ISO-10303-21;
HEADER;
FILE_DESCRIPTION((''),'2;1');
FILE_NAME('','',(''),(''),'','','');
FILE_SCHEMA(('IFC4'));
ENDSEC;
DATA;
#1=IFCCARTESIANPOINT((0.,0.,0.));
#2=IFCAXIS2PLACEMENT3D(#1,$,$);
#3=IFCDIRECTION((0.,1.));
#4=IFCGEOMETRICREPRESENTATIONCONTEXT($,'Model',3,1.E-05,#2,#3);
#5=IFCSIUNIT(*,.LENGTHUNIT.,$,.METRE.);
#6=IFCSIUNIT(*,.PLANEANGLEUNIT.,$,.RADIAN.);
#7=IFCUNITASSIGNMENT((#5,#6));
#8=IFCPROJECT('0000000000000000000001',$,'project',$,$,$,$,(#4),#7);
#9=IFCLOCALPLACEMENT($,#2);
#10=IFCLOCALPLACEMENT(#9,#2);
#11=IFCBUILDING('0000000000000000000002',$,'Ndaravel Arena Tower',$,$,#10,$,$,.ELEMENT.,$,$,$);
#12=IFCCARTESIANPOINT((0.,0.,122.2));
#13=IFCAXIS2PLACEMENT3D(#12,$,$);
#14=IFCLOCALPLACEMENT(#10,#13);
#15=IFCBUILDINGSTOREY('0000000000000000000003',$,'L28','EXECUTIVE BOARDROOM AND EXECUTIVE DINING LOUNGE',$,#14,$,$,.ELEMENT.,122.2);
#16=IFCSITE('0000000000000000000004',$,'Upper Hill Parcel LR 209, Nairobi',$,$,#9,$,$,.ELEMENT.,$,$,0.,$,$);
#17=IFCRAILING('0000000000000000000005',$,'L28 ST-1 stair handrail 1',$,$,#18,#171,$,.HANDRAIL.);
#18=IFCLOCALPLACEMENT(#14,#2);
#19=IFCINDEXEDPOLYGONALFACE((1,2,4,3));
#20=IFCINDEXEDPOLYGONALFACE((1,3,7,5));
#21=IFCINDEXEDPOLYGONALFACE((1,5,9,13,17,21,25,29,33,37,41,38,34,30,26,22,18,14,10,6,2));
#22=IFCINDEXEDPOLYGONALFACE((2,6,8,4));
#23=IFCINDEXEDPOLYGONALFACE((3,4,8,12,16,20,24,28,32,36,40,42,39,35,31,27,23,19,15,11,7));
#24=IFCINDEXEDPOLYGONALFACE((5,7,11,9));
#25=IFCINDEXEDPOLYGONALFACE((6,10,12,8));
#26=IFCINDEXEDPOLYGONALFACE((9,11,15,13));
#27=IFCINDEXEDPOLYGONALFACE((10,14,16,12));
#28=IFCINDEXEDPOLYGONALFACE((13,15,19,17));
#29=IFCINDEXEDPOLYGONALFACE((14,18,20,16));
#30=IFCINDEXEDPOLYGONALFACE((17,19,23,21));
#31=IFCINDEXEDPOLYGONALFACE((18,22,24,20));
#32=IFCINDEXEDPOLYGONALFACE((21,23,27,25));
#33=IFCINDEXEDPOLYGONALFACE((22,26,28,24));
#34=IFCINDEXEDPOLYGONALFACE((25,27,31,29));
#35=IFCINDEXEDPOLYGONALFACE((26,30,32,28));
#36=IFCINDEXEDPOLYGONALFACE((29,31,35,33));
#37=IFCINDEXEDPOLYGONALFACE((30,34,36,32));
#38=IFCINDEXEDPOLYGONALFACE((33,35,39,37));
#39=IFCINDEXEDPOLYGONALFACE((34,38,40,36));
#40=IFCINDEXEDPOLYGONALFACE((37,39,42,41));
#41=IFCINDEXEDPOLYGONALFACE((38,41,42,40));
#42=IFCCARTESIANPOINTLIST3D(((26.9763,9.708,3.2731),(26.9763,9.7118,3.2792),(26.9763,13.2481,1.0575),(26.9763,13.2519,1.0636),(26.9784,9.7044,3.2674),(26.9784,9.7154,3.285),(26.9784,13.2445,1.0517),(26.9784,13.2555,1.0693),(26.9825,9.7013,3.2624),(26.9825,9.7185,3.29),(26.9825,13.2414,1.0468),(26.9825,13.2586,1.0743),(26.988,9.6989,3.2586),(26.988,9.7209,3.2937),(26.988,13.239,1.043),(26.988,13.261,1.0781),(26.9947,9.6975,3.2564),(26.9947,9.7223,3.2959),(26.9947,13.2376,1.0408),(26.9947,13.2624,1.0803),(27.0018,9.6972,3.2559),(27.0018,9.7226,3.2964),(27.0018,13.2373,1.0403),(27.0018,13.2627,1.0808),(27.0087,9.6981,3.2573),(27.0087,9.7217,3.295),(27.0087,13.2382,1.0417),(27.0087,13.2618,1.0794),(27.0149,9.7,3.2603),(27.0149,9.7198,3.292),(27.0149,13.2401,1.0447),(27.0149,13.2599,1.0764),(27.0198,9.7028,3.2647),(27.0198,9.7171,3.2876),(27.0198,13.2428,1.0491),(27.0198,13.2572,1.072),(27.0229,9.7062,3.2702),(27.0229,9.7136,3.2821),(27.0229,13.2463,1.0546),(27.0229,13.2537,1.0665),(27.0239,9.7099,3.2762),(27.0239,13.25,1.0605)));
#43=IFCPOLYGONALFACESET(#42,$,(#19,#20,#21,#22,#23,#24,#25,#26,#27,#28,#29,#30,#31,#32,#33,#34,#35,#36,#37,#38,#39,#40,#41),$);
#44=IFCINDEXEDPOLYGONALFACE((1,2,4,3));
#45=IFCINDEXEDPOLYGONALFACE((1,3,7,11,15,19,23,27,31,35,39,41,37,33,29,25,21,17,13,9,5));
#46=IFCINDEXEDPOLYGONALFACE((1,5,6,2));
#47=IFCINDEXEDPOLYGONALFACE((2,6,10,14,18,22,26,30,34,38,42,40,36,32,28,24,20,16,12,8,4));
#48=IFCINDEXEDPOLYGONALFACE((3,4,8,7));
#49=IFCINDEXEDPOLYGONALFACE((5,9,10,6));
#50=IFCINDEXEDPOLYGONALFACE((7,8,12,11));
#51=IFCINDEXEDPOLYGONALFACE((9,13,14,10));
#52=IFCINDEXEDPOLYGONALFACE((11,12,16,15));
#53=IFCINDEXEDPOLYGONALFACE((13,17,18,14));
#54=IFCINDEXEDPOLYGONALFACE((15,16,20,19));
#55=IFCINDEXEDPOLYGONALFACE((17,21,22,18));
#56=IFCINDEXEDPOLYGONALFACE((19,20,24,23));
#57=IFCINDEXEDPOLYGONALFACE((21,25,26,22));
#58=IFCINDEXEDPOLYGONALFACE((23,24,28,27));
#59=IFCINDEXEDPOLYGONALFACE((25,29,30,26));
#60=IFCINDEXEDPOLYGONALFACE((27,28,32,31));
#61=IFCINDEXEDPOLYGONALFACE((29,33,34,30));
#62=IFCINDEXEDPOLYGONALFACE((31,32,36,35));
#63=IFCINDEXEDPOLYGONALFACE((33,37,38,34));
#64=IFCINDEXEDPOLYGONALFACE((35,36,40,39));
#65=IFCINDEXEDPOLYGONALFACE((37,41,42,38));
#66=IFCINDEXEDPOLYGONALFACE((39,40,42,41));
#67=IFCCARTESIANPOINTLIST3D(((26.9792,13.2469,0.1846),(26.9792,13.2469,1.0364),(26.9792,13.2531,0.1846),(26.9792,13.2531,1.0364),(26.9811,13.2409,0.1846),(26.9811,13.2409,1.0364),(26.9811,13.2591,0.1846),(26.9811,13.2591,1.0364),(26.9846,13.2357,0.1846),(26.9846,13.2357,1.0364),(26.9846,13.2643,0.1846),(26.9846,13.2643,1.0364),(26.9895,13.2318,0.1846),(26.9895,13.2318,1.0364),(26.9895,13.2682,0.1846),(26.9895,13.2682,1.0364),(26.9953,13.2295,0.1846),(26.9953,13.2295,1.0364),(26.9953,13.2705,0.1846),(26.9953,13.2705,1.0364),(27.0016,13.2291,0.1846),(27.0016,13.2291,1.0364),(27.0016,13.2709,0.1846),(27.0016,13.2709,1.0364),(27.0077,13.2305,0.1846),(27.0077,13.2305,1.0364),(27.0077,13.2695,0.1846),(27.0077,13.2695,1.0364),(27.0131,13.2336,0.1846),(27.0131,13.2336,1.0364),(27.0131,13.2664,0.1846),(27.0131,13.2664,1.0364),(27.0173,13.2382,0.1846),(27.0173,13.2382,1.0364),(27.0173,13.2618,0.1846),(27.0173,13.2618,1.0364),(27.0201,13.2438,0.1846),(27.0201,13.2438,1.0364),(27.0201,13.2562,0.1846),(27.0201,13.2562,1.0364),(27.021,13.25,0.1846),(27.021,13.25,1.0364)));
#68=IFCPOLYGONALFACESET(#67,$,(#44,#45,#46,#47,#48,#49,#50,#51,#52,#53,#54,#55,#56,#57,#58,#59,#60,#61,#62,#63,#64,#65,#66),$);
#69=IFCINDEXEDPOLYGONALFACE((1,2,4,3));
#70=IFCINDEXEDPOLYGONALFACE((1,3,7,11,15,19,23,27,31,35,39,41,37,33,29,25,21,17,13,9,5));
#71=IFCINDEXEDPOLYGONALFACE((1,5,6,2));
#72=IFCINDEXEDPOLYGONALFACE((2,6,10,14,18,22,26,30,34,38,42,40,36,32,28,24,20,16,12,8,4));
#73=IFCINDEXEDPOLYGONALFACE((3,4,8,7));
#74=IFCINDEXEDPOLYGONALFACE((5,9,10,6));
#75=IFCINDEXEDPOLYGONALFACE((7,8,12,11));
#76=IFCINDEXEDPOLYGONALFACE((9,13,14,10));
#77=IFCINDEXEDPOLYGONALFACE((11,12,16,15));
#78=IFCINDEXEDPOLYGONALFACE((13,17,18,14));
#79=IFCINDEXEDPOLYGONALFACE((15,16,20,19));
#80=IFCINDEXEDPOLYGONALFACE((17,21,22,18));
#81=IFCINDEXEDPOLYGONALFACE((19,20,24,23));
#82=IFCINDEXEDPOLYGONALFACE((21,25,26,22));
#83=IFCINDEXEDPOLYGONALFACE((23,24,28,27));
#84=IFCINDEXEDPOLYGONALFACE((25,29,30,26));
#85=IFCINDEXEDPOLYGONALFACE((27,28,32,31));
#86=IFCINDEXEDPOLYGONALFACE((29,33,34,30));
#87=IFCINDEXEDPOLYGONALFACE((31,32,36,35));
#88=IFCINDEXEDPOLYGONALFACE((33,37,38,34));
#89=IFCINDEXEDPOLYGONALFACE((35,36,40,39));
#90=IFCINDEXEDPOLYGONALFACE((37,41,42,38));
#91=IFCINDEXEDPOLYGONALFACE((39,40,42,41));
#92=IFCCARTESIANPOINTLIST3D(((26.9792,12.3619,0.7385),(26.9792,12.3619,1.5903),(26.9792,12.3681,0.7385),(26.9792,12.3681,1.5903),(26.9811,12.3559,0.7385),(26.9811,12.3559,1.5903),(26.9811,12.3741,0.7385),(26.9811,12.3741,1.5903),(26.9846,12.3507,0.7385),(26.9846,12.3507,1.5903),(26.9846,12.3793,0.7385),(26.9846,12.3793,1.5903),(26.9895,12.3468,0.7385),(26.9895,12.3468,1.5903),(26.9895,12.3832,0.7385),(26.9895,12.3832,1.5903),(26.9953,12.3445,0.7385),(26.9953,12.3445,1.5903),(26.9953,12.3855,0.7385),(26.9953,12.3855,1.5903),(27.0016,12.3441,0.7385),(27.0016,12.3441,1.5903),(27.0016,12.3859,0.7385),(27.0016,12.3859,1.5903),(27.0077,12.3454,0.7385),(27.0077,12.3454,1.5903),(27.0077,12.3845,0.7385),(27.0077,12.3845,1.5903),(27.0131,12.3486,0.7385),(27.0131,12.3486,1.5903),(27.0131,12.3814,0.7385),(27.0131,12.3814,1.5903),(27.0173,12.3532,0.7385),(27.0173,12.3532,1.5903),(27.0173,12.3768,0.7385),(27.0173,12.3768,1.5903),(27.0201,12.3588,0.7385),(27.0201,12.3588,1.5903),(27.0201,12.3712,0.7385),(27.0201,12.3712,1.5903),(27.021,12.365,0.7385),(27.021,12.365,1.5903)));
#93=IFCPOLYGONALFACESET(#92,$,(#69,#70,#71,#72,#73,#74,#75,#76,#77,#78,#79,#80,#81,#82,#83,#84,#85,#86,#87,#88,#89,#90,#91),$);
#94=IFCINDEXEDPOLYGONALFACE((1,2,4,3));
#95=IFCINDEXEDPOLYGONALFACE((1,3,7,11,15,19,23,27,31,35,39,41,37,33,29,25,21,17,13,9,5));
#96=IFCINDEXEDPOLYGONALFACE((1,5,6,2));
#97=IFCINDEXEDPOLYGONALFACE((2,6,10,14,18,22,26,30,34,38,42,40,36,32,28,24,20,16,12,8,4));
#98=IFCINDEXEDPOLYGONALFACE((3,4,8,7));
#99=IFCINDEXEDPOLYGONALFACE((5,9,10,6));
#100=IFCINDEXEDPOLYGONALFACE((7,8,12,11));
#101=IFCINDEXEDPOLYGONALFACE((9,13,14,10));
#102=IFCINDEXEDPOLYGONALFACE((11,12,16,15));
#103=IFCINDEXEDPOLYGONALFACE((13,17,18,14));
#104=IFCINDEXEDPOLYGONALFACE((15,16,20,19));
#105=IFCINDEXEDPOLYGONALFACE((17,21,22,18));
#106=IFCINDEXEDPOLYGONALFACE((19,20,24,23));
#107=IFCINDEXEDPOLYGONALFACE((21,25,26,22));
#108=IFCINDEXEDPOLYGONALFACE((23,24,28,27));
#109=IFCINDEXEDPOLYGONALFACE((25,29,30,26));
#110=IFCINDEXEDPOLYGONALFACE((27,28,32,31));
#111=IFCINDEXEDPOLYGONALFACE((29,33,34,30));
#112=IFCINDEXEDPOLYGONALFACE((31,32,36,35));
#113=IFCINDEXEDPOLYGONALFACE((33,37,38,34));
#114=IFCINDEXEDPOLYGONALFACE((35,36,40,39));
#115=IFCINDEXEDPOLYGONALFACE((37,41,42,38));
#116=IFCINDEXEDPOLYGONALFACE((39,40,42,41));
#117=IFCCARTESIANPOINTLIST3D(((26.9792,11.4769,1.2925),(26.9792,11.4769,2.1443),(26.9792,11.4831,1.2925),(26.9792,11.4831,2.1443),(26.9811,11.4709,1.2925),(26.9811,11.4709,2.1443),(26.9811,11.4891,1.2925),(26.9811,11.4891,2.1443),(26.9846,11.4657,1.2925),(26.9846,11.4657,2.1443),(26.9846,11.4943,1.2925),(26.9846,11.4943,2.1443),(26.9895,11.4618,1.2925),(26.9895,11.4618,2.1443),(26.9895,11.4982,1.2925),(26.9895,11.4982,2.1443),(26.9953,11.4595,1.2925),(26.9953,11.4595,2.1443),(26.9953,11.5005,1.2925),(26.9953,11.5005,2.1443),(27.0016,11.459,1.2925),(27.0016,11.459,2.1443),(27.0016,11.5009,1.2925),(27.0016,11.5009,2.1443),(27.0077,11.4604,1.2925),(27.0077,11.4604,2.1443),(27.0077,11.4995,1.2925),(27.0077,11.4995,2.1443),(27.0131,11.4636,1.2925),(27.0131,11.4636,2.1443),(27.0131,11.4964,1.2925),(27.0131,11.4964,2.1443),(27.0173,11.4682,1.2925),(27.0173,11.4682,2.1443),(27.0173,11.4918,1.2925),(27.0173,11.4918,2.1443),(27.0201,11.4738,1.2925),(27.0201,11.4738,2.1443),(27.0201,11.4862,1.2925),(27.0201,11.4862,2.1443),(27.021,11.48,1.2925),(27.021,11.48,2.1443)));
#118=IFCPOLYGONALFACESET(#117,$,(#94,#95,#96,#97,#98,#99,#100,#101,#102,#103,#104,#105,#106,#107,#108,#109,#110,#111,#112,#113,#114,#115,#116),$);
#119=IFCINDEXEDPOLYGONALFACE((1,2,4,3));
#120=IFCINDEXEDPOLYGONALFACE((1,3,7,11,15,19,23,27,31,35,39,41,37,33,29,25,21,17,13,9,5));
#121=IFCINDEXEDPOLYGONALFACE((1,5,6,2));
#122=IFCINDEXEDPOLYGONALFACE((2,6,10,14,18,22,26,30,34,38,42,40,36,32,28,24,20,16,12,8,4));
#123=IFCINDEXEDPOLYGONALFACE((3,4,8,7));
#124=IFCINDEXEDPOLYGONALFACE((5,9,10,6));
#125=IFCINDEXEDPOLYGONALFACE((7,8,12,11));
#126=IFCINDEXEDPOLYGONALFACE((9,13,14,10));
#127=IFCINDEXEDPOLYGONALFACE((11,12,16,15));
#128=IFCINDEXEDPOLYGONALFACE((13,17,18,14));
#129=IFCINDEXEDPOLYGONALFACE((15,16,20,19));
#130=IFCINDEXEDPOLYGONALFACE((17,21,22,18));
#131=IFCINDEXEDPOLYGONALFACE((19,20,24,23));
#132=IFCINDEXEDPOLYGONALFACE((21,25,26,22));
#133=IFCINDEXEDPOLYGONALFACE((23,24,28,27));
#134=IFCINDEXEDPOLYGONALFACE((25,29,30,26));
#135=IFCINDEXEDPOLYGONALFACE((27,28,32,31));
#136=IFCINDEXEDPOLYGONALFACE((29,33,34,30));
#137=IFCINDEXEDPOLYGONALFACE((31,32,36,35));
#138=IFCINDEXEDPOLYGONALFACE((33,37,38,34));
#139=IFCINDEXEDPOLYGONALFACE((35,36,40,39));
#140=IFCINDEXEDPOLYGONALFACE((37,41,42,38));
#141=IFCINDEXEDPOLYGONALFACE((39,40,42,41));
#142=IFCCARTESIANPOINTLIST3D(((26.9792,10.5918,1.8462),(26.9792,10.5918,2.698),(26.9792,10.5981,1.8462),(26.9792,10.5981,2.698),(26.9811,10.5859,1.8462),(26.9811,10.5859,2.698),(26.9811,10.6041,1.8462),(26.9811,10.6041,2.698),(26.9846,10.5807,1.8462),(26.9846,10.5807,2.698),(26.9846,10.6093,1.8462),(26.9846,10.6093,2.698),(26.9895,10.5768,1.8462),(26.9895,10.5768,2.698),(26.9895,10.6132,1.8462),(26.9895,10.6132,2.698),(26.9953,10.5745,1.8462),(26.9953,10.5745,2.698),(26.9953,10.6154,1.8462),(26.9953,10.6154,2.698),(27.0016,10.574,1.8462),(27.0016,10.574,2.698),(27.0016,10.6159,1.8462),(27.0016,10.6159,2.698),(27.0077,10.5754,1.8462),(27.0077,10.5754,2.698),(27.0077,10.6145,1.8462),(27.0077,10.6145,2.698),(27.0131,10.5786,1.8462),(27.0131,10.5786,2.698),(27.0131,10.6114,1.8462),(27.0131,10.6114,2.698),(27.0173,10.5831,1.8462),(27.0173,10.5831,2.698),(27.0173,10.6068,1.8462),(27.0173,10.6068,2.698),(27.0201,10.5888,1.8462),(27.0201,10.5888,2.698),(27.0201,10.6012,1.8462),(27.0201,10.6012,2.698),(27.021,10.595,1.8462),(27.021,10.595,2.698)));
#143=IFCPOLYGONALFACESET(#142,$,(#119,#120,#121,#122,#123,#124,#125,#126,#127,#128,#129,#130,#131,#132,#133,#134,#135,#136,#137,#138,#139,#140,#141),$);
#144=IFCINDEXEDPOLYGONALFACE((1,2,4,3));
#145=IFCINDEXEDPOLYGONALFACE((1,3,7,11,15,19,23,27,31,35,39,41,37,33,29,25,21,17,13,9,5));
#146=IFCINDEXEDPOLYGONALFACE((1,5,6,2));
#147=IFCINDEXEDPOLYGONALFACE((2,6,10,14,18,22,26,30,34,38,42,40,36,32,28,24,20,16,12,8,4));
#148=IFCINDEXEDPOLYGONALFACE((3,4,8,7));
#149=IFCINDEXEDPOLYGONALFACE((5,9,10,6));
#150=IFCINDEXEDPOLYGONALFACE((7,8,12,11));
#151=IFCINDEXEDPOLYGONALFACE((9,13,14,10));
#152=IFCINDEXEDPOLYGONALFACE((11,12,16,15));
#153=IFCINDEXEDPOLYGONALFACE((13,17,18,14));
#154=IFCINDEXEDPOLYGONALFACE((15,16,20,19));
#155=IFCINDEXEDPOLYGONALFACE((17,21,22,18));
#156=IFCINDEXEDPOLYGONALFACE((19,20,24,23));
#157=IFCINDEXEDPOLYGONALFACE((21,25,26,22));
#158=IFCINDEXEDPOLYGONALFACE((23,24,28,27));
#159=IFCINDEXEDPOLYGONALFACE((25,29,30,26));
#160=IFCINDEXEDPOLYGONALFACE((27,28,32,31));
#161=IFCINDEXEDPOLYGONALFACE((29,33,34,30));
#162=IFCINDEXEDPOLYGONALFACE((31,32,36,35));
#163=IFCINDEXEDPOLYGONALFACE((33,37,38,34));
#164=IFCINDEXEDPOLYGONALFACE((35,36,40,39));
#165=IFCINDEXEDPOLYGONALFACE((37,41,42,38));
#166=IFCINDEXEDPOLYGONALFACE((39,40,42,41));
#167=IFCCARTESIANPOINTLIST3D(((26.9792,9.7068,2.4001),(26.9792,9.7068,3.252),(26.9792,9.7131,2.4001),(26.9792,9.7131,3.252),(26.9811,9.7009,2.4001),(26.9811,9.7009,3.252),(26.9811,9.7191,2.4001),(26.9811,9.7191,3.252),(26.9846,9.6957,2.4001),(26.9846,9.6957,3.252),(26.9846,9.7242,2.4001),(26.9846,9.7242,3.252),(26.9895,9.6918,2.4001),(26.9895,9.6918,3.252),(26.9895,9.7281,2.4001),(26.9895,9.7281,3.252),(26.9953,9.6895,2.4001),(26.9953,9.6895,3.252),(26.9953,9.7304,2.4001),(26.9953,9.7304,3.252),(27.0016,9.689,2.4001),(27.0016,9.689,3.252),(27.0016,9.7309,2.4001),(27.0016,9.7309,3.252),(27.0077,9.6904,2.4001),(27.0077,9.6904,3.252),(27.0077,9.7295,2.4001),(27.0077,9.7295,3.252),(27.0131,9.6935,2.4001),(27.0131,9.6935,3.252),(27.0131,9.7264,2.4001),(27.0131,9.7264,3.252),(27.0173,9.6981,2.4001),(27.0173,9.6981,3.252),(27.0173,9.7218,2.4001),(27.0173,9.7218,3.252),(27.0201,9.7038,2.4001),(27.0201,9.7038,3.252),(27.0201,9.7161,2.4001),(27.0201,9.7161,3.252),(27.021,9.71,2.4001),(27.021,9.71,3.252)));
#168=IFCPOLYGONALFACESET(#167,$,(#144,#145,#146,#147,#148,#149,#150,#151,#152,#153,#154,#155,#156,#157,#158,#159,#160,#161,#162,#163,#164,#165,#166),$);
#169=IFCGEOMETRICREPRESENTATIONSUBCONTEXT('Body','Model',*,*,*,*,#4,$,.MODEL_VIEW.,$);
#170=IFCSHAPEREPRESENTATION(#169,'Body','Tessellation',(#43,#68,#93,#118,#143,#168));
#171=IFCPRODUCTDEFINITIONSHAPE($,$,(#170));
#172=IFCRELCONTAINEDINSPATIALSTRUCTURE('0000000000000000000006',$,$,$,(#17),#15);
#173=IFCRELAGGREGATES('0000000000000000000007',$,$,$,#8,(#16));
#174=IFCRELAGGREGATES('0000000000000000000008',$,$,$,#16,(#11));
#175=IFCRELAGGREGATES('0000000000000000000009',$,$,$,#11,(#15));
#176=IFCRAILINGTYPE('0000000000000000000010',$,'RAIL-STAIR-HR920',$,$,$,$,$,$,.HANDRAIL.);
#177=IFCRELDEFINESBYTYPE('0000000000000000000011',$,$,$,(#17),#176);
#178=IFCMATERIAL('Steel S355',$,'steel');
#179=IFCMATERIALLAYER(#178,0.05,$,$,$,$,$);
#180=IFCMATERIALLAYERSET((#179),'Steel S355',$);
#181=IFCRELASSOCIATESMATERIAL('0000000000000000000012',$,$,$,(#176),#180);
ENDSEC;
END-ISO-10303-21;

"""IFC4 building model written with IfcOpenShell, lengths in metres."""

from ifc_helpers import new_model, si_unit, direction, frame, origin, origin_2d, place, context, subcontext, project, spatial, circle, extrude, material, layer, layer_set, type_object, element, save


model = new_model("IFC4")

# Units and contexts
model_context = context("Model", 3, precision=1e-05, world=origin(), true_north=direction((0.0, 1.0)))
body_context = subcontext(model_context, "Body", "Model", "MODEL_VIEW")
ifc_project = project(units=[si_unit("LENGTHUNIT", "METRE"), si_unit("PLANEANGLEUNIT", "RADIAN")], contexts=[model_context])

# Site, building, storey
site_placement = place(None, origin())
site = spatial("IfcSite", under=ifc_project, at=site_placement, Name="Upper Hill Parcel LR 209, Nairobi", CompositionType="ELEMENT", RefElevation=0.0)
building_placement = place(site_placement, origin())
building = spatial("IfcBuilding", under=site, at=building_placement, Name="Ndaravel Arena Tower", CompositionType="ELEMENT")
storey_placement = place(building_placement, frame((0.0, 0.0, 122.2)))
storey = spatial("IfcBuildingStorey", under=building, at=storey_placement, Name="L28", Description="EXECUTIVE BOARDROOM AND EXECUTIVE DINING LOUNGE", CompositionType="ELEMENT", Elevation=122.2)

# Railing
ifc_material_1 = material(Name="Steel S355", Category="steel")
ifc_layer_1 = layer(ifc_material_1, 0.05)
ifc_layer_set_1 = layer_set([ifc_layer_1], Name="Steel S355")
railing_type = type_object("IfcRailingType", Name="RAIL-STAIR-HR920", PredefinedType="HANDRAIL", material=ifc_layer_set_1)
railing_placement = place(storey_placement, frame((27.0, 13.25, 0.1846)))
element("IfcRailing", 1, at=railing_placement, inside=storey, type_object=railing_type, Name="L28 ST-1 stair handrail 1", PredefinedType="HANDRAIL", context=body_context, shape_type="SweptSolid", body=[
    extrude(circle(Radius=0.0239, at=origin_2d()), frame((0.0, 0.0, 0.876), z_axis=(0.0, -0.84767, 0.530524), x_axis=(1.0, 0.0, 0.0)), (0.0, 0.0, 1.0), 4.1763),
    extrude(circle(Radius=0.021, at=origin_2d()), origin(), (0.0, 0.0, 1.0), 0.8518),
    extrude(circle(Radius=0.021, at=origin_2d()), frame((0.0, -0.885, 0.554)), (0.0, 0.0, 1.0), 0.8518),
    extrude(circle(Radius=0.021, at=origin_2d()), frame((0.0, -1.77, 1.1079)), (0.0, 0.0, 1.0), 0.8518),
    extrude(circle(Radius=0.021, at=origin_2d()), frame((0.0, -2.655, 1.6616)), (0.0, 0.0, 1.0), 0.8518),
    extrude(circle(Radius=0.021, at=origin_2d()), frame((0.0, -3.54, 2.2156)), (0.0, 0.0, 1.0), 0.8518),
])

save(model, "model.ifc")
